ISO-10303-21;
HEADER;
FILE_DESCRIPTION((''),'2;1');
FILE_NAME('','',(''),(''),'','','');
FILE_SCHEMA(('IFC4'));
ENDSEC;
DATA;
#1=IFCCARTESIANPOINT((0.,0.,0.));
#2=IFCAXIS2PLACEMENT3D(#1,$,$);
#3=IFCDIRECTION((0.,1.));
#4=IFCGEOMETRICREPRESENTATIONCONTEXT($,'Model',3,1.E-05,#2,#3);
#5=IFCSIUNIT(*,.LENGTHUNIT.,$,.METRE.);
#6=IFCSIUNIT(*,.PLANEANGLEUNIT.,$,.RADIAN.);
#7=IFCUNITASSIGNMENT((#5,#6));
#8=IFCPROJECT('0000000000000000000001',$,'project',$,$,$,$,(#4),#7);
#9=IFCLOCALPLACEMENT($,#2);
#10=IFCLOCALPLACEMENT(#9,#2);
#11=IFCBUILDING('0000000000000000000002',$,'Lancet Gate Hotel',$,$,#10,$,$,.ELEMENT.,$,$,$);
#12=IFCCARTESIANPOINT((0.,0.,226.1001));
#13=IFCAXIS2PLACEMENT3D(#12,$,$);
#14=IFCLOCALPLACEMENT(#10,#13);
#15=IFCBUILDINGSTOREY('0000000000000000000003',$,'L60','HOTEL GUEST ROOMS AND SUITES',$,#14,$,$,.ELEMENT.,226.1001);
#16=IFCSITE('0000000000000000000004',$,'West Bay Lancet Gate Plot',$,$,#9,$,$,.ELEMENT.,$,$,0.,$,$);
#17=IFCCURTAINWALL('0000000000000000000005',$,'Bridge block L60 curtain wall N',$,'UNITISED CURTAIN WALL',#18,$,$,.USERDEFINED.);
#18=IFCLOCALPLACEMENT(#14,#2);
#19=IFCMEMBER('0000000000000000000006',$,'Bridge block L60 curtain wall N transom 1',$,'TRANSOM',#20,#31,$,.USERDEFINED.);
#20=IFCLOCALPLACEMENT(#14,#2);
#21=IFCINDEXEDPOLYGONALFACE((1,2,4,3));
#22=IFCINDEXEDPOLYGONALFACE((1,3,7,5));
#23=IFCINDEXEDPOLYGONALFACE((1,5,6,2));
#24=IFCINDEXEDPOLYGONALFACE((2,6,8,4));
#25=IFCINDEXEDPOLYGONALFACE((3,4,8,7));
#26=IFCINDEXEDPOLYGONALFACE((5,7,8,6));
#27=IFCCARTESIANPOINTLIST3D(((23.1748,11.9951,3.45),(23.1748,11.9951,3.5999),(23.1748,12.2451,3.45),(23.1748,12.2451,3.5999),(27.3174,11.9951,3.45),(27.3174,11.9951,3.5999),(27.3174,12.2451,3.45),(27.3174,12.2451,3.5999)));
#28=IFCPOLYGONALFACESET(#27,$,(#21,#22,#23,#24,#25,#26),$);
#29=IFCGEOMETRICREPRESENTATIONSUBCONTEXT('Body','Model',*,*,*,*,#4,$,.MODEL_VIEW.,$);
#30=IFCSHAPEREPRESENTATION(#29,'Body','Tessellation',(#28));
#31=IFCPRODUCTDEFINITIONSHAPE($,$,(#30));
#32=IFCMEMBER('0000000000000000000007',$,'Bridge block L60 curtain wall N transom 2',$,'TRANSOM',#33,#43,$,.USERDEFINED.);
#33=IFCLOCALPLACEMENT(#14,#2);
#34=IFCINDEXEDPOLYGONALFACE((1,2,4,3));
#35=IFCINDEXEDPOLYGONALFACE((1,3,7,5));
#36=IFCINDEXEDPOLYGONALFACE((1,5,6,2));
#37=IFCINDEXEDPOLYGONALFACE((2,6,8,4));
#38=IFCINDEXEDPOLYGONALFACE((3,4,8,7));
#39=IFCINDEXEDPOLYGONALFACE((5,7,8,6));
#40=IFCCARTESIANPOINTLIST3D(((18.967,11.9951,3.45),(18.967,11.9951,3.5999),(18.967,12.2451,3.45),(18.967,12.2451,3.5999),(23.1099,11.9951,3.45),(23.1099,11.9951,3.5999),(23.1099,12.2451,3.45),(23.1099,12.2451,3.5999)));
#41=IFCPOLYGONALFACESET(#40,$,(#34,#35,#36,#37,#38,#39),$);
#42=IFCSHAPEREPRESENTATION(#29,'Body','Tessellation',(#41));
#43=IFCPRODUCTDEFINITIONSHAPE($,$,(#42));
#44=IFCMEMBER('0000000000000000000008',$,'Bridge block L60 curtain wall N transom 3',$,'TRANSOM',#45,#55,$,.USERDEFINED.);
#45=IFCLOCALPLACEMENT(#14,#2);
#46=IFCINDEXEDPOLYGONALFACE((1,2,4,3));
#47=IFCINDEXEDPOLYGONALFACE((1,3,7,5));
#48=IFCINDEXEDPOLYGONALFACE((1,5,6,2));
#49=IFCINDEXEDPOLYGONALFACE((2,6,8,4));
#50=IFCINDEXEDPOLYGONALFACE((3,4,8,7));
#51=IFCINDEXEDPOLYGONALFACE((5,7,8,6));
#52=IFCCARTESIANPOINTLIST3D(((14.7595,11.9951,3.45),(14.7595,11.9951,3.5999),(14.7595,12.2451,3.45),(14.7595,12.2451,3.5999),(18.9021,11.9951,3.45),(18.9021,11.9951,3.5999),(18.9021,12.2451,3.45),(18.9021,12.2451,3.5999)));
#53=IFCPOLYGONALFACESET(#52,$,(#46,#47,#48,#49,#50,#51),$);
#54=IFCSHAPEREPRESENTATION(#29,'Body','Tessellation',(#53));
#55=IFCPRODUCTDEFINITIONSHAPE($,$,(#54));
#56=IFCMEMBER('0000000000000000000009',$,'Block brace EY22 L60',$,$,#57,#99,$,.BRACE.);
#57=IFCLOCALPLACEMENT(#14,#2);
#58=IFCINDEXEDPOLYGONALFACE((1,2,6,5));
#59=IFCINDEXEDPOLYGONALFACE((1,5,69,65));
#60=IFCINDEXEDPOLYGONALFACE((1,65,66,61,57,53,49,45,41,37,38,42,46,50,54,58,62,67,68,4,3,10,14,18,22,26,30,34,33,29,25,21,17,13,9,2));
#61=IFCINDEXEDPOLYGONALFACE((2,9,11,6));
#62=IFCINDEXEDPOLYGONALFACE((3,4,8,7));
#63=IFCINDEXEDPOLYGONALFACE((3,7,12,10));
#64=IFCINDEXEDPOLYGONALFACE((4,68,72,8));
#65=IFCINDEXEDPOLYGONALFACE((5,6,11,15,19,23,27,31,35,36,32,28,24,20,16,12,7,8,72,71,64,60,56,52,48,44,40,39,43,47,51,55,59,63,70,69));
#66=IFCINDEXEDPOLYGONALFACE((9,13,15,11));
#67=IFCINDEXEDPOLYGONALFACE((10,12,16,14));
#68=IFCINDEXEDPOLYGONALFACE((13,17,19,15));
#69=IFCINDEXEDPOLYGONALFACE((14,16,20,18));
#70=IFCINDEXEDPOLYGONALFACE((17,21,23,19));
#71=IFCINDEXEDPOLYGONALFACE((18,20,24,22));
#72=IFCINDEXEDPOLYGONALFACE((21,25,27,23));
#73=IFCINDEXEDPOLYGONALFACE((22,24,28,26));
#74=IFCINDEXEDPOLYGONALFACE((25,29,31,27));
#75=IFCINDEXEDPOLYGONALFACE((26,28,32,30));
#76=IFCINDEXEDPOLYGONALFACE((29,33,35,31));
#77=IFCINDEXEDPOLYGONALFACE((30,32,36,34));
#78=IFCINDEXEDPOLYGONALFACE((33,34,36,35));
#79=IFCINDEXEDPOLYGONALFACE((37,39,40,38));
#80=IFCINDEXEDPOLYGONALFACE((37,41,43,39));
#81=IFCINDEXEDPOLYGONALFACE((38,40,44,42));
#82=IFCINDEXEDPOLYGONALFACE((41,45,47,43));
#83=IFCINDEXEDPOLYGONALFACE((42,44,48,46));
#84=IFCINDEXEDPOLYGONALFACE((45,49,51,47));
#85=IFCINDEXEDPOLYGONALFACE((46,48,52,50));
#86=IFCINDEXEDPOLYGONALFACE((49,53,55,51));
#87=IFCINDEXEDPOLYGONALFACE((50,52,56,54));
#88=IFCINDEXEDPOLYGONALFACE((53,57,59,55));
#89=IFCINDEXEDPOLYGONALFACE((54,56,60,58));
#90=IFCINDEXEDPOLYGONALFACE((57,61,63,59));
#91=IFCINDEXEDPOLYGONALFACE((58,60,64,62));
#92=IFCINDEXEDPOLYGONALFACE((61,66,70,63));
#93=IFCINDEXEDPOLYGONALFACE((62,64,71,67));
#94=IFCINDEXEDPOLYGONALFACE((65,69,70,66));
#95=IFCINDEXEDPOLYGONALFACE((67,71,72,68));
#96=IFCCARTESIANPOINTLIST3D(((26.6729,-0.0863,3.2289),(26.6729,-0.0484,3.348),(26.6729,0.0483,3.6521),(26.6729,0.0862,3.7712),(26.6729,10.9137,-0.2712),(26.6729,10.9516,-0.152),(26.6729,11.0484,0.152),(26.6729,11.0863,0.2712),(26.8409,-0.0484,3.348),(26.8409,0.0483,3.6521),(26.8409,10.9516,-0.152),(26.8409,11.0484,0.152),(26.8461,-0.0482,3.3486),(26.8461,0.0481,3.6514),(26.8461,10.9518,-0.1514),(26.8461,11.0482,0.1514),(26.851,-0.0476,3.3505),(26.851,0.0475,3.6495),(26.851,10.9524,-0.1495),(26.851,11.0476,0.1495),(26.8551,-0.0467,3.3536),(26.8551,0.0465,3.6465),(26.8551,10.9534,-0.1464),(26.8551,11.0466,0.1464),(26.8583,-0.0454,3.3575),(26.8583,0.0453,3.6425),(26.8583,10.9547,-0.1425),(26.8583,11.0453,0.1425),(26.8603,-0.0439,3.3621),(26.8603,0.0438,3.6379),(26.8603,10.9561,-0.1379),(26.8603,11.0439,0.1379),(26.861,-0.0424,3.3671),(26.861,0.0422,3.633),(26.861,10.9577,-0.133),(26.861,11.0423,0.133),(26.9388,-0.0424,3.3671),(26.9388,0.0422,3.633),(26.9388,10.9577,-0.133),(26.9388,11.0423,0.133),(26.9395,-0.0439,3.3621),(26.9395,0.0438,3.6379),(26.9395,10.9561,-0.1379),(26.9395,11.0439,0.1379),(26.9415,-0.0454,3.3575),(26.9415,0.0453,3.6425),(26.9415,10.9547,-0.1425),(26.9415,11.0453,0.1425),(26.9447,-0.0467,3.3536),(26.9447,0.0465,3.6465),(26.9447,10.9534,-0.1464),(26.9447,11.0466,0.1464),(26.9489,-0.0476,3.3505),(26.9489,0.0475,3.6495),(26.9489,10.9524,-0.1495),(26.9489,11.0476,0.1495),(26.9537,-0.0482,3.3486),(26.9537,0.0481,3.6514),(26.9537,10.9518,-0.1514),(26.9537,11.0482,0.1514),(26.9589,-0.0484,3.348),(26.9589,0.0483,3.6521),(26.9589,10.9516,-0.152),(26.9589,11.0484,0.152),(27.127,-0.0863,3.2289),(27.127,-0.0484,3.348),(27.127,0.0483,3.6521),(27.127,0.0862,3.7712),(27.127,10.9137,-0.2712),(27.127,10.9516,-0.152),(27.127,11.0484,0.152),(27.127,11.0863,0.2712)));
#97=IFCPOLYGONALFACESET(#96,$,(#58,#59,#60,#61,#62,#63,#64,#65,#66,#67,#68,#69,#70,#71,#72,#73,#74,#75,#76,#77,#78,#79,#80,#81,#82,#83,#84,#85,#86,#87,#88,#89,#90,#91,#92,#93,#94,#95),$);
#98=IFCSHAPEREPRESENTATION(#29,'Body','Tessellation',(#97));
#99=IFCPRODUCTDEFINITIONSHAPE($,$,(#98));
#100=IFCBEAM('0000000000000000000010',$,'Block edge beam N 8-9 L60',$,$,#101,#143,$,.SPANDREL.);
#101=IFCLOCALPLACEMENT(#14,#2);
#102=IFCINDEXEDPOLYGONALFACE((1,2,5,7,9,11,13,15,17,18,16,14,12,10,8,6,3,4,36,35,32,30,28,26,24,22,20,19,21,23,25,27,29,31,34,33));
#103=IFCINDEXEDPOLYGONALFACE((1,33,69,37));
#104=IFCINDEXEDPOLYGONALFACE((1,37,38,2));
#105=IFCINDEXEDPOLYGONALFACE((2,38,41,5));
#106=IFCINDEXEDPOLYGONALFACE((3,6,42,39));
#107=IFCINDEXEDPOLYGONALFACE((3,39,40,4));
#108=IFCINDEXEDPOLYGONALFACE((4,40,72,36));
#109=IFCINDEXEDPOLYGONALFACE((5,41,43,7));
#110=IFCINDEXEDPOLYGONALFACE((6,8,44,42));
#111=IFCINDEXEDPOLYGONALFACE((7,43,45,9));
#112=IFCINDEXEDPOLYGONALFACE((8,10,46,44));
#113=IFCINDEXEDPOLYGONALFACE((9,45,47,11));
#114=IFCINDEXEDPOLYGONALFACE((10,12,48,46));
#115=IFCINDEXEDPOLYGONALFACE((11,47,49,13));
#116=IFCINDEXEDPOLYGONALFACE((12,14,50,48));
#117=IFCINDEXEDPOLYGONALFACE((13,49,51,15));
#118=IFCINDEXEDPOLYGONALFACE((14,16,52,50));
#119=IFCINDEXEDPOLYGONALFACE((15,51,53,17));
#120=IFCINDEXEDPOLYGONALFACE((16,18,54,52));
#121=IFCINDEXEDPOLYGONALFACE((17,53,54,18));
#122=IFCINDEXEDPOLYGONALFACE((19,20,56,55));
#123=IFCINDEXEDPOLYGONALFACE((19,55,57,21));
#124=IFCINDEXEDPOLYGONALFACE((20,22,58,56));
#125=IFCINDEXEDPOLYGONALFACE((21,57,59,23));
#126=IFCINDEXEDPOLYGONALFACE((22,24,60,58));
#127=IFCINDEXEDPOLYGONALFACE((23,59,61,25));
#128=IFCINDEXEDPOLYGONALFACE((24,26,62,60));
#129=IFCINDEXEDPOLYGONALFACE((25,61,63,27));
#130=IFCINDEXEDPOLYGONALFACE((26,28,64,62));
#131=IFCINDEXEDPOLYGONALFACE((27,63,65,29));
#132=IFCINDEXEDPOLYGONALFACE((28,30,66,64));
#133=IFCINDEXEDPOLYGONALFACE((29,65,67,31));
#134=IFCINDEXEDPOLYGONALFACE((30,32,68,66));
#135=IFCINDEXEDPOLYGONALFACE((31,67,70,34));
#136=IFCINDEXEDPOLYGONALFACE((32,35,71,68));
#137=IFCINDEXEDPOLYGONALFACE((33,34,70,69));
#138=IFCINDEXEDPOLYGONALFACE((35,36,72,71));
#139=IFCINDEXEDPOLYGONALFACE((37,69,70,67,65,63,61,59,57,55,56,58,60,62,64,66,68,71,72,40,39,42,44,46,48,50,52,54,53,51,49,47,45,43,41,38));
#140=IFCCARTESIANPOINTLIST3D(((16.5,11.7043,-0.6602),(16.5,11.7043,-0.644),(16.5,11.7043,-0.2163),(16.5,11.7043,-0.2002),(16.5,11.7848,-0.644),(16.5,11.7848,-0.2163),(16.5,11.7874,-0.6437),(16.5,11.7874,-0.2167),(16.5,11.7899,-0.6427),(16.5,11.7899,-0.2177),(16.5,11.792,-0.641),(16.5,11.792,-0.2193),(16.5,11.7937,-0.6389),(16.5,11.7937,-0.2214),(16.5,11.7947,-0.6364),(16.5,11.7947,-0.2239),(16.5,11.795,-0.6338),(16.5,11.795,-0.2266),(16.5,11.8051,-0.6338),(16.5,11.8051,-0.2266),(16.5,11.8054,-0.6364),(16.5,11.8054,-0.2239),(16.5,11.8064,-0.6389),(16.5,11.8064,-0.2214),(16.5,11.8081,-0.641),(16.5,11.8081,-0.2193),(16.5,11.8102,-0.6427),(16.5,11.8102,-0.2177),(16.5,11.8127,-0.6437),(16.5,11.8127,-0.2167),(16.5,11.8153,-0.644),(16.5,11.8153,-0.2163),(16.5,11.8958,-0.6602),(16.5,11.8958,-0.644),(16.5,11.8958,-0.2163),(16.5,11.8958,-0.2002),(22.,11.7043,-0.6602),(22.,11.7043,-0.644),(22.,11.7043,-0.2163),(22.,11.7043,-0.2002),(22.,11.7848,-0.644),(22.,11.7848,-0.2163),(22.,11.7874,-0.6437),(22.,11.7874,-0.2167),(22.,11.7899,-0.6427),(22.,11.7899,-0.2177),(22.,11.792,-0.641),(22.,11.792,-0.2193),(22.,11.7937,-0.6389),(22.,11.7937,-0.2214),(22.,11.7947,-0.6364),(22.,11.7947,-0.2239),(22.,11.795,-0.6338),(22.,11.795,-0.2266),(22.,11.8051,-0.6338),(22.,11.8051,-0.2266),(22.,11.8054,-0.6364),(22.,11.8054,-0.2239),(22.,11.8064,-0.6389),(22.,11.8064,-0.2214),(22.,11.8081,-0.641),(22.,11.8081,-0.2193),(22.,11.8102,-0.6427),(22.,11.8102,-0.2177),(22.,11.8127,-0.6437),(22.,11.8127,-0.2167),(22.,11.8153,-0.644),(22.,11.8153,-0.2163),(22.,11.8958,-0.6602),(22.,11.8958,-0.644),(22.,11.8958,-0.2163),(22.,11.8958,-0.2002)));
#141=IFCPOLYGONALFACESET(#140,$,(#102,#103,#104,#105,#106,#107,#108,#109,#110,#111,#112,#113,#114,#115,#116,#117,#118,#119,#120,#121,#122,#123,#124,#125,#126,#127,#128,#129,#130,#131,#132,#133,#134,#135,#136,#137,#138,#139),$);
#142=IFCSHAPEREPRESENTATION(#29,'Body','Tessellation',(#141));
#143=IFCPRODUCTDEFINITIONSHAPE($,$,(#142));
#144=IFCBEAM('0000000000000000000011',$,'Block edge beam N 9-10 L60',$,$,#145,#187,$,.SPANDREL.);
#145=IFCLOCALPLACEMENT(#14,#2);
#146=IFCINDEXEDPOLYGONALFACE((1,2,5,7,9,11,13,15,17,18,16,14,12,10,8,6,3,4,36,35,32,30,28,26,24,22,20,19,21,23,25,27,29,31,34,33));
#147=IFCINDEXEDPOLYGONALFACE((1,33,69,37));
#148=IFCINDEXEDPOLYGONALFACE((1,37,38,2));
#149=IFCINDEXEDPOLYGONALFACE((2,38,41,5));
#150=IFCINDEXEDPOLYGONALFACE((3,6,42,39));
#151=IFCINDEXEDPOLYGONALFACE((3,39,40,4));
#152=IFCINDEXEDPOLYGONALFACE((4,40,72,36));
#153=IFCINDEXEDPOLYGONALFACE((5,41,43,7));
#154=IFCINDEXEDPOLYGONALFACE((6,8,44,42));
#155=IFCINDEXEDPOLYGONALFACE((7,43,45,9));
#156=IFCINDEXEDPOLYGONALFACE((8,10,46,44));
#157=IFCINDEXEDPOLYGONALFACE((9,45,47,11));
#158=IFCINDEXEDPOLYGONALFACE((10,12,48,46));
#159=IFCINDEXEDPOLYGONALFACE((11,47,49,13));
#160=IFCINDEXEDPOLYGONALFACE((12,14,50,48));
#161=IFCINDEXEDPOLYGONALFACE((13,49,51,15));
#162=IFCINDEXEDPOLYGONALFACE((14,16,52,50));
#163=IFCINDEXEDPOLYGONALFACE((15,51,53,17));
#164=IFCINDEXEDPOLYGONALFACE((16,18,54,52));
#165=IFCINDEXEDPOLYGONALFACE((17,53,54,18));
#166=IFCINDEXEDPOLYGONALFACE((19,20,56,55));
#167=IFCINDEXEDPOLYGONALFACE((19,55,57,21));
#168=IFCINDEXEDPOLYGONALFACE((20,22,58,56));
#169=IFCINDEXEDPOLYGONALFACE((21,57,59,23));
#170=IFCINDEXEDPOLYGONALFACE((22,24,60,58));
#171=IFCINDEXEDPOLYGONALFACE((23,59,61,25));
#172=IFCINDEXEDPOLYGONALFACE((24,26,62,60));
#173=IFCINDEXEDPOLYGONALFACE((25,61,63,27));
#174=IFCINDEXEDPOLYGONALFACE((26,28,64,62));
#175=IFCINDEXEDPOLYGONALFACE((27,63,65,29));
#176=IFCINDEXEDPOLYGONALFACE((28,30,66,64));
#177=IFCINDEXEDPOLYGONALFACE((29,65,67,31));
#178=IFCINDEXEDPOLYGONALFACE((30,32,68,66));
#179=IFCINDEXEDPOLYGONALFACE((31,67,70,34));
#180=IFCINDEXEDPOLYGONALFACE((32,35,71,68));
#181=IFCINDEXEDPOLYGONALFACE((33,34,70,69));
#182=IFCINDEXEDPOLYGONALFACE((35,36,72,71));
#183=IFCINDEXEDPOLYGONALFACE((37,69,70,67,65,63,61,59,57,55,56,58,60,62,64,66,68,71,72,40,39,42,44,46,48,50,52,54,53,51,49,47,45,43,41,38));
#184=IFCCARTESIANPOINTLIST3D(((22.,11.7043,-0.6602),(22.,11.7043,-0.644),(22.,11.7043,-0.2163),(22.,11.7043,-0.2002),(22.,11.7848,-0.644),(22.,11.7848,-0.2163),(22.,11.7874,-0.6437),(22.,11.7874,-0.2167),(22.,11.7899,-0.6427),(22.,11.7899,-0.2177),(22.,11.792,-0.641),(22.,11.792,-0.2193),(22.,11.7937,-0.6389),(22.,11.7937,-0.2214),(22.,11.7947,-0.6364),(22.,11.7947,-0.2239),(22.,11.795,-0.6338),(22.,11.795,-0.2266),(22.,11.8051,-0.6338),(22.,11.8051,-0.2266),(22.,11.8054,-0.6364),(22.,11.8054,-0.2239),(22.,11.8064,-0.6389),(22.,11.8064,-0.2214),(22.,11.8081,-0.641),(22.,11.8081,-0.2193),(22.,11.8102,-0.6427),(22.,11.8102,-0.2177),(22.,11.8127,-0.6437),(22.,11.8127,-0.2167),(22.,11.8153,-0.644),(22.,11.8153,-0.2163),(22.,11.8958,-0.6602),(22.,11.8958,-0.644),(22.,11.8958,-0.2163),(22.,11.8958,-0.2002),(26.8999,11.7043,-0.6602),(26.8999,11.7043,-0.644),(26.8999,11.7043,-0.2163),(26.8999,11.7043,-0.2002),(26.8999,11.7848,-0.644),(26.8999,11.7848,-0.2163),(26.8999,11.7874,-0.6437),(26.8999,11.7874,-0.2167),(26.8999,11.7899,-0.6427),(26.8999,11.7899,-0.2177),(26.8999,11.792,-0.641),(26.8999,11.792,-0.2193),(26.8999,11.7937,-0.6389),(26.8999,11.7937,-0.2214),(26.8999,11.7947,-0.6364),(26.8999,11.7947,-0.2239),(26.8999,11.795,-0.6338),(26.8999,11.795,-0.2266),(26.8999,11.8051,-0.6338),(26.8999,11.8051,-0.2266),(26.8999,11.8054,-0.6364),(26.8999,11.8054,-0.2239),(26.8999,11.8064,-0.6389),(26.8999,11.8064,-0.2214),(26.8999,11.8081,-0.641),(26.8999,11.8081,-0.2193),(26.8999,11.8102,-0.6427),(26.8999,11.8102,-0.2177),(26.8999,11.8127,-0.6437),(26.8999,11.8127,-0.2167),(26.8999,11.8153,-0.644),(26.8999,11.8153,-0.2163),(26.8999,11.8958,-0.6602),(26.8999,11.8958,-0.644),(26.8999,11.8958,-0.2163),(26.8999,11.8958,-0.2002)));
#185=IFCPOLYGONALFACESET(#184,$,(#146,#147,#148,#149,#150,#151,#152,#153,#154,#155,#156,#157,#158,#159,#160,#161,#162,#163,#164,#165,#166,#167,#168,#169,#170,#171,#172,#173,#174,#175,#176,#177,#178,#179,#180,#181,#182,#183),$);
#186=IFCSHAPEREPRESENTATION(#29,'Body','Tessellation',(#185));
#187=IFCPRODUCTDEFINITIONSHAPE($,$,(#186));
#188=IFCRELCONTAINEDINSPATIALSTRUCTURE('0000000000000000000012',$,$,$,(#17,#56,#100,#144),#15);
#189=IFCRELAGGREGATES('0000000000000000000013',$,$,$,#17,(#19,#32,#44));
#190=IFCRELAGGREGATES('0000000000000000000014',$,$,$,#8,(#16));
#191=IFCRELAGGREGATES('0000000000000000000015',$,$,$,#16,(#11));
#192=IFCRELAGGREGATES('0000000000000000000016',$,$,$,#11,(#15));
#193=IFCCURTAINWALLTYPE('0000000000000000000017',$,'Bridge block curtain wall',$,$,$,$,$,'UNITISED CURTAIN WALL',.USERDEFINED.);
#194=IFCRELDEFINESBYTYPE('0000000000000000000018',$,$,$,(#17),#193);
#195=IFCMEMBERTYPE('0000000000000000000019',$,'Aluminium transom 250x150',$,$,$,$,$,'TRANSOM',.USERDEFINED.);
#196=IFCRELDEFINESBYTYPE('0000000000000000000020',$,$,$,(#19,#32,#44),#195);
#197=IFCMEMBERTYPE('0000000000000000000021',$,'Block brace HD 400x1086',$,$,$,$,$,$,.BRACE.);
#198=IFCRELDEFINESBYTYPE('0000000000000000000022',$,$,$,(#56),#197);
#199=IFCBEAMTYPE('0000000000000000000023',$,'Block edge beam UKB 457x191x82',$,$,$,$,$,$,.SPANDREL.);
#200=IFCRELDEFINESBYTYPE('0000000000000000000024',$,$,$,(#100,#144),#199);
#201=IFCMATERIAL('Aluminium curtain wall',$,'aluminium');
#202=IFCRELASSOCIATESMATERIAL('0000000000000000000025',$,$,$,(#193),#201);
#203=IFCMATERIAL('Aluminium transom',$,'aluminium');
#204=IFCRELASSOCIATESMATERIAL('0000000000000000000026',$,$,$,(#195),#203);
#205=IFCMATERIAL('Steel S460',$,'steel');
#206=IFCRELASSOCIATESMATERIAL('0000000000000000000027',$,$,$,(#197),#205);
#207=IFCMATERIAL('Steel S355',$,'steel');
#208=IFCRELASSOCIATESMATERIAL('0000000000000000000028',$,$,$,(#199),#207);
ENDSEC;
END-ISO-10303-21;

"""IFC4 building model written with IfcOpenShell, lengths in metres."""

from ifc_helpers import new_model, si_unit, direction, frame, origin, origin_2d, place, context, subcontext, project, spatial, rectangle, i_section, extrude, material, material_profile, profile_set, type_object, element, aggregate, save


model = new_model("IFC4")

# Units and contexts
model_context = context("Model", 3, precision=1e-05, world=origin(), true_north=direction((0.0, 1.0)))
body_context = subcontext(model_context, "Body", "Model", "MODEL_VIEW")
ifc_project = project(units=[si_unit("LENGTHUNIT", "METRE"), si_unit("PLANEANGLEUNIT", "RADIAN")], contexts=[model_context])

# Site, building, storey
site_placement = place(None, origin())
site = spatial("IfcSite", under=ifc_project, at=site_placement, Name="West Bay Lancet Gate Plot", CompositionType="ELEMENT", RefElevation=0.0)
building_placement = place(site_placement, origin())
building = spatial("IfcBuilding", under=site, at=building_placement, Name="Lancet Gate Hotel", CompositionType="ELEMENT")
storey_placement = place(building_placement, frame((0.0, 0.0, 226.1001)))
storey = spatial("IfcBuildingStorey", under=building, at=storey_placement, Name="L60", Description="HOTEL GUEST ROOMS AND SUITES", CompositionType="ELEMENT", Elevation=226.1001)

# Curtain wall
ifc_material_1 = material(Name="Aluminium curtain wall", Category="aluminium")
curtain_wall_type_1 = type_object("IfcCurtainWallType", Name="Bridge block curtain wall", ElementType="UNITISED CURTAIN WALL", PredefinedType="USERDEFINED", material=ifc_material_1)
curtain_wall_1_placement = place(storey_placement, origin())
curtain_wall_1 = element("IfcCurtainWall", 1, at=curtain_wall_1_placement, inside=storey, type_object=curtain_wall_type_1, Name="Bridge block L60 curtain wall N", ObjectType="UNITISED CURTAIN WALL", PredefinedType="USERDEFINED")

# Members
ifc_material_2 = material(Name="Aluminium transom", Category="aluminium")
ifc_material_profile_1 = material_profile(ifc_material_2, rectangle(XDim=0.25, YDim=0.1499, at=origin_2d()), Name="TRANSOM 250x150")
ifc_profile_set_1 = profile_set([ifc_material_profile_1], Name="Aluminium transom")
member_type_1 = type_object("IfcMemberType", Name="Aluminium transom 250x150", ElementType="TRANSOM", PredefinedType="USERDEFINED", material=ifc_profile_set_1)
member_1_placement = place(storey_placement, frame((27.3174, 12.1201, 3.5249), z_axis=(-1.0, 0.0, 0.0), x_axis=(0.0, -1.0, 0.0)))
member_1 = element("IfcMember", 2, at=member_1_placement, type_object=member_type_1, Name="Bridge block L60 curtain wall N transom 1", ObjectType="TRANSOM", PredefinedType="USERDEFINED", context=body_context, shape_type="SweptSolid", body=[
    extrude(rectangle(XDim=0.25, YDim=0.1499, at=origin_2d()), origin(), (0.0, 0.0, 1.0), 4.1426),
])
member_2_placement = place(storey_placement, frame((23.1099, 12.1201, 3.5249), z_axis=(-1.0, 0.0, 0.0), x_axis=(0.0, -1.0, 0.0)))
member_2 = element("IfcMember", 3, at=member_2_placement, type_object=member_type_1, Name="Bridge block L60 curtain wall N transom 2", ObjectType="TRANSOM", PredefinedType="USERDEFINED", context=body_context, shape_type="SweptSolid", body=[
    extrude(rectangle(XDim=0.25, YDim=0.1499, at=origin_2d()), origin(), (0.0, 0.0, 1.0), 4.1428),
])
member_3_placement = place(storey_placement, frame((18.9021, 12.1201, 3.5249), z_axis=(-1.0, 0.0, 0.0), x_axis=(0.0, -1.0, 0.0)))
member_3 = element("IfcMember", 4, at=member_3_placement, type_object=member_type_1, Name="Bridge block L60 curtain wall N transom 3", ObjectType="TRANSOM", PredefinedType="USERDEFINED", context=body_context, shape_type="SweptSolid", body=[
    extrude(rectangle(XDim=0.25, YDim=0.1499, at=origin_2d()), origin(), (0.0, 0.0, 1.0), 4.1426),
])
ifc_material_3 = material(Name="Steel S460", Category="steel")
ifc_material_profile_2 = material_profile(ifc_material_3, i_section(OverallWidth=0.4541, OverallDepth=0.5691, WebThickness=0.0779, FlangeThickness=0.125, FilletRadius=0.02, at=origin_2d()), Name="HD 400x1086")
ifc_profile_set_2 = profile_set([ifc_material_profile_2], Name="Steel S460")
member_type_2 = type_object("IfcMemberType", Name="Block brace HD 400x1086", PredefinedType="BRACE", material=ifc_profile_set_2)
member_4_placement = place(storey_placement, frame((26.8999, 11.0, 0.0), z_axis=(0.0, -0.952926, 0.303204), x_axis=(1.0, 0.0, 0.0)))
element("IfcMember", 5, at=member_4_placement, inside=storey, type_object=member_type_2, Name="Block brace EY22 L60", PredefinedType="BRACE", context=body_context, shape_type="SweptSolid", body=[
    extrude(i_section(OverallWidth=0.4541, OverallDepth=0.5691, WebThickness=0.0779, FlangeThickness=0.125, FilletRadius=0.02, at=origin_2d()), origin(), (0.0, 0.0, 1.0), 11.5435),
])

# Beams
ifc_material_4 = material(Name="Steel S355", Category="steel")
ifc_material_profile_3 = material_profile(ifc_material_4, i_section(OverallWidth=0.1914, OverallDepth=0.46, WebThickness=0.01, FlangeThickness=0.0161, FilletRadius=0.0103, at=origin_2d()), Name="UKB 457x191x82")
ifc_profile_set_3 = profile_set([ifc_material_profile_3], Name="Steel S355")
beam_type_1 = type_object("IfcBeamType", Name="Block edge beam UKB 457x191x82", PredefinedType="SPANDREL", material=ifc_profile_set_3)
beam_1_placement = place(storey_placement, frame((16.5, 11.8, -0.4302), z_axis=(1.0, 0.0, 0.0), x_axis=(0.0, 1.0, 0.0)))
element("IfcBeam", 6, at=beam_1_placement, inside=storey, type_object=beam_type_1, Name="Block edge beam N 8-9 L60", PredefinedType="SPANDREL", context=body_context, shape_type="SweptSolid", body=[
    extrude(i_section(OverallWidth=0.1914, OverallDepth=0.46, WebThickness=0.01, FlangeThickness=0.0161, FilletRadius=0.0103, at=origin_2d()), origin(), (0.0, 0.0, 1.0), 5.5),
])
beam_2_placement = place(storey_placement, frame((22.0, 11.8, -0.4302), z_axis=(1.0, 0.0, 0.0), x_axis=(0.0, 1.0, 0.0)))
element("IfcBeam", 7, at=beam_2_placement, inside=storey, type_object=beam_type_1, Name="Block edge beam N 9-10 L60", PredefinedType="SPANDREL", context=body_context, shape_type="SweptSolid", body=[
    extrude(i_section(OverallWidth=0.1914, OverallDepth=0.46, WebThickness=0.01, FlangeThickness=0.0161, FilletRadius=0.0103, at=origin_2d()), origin(), (0.0, 0.0, 1.0), 4.8999),
])

aggregate(curtain_wall_1, [member_1, member_2, member_3])

save(model, "model.ifc")
